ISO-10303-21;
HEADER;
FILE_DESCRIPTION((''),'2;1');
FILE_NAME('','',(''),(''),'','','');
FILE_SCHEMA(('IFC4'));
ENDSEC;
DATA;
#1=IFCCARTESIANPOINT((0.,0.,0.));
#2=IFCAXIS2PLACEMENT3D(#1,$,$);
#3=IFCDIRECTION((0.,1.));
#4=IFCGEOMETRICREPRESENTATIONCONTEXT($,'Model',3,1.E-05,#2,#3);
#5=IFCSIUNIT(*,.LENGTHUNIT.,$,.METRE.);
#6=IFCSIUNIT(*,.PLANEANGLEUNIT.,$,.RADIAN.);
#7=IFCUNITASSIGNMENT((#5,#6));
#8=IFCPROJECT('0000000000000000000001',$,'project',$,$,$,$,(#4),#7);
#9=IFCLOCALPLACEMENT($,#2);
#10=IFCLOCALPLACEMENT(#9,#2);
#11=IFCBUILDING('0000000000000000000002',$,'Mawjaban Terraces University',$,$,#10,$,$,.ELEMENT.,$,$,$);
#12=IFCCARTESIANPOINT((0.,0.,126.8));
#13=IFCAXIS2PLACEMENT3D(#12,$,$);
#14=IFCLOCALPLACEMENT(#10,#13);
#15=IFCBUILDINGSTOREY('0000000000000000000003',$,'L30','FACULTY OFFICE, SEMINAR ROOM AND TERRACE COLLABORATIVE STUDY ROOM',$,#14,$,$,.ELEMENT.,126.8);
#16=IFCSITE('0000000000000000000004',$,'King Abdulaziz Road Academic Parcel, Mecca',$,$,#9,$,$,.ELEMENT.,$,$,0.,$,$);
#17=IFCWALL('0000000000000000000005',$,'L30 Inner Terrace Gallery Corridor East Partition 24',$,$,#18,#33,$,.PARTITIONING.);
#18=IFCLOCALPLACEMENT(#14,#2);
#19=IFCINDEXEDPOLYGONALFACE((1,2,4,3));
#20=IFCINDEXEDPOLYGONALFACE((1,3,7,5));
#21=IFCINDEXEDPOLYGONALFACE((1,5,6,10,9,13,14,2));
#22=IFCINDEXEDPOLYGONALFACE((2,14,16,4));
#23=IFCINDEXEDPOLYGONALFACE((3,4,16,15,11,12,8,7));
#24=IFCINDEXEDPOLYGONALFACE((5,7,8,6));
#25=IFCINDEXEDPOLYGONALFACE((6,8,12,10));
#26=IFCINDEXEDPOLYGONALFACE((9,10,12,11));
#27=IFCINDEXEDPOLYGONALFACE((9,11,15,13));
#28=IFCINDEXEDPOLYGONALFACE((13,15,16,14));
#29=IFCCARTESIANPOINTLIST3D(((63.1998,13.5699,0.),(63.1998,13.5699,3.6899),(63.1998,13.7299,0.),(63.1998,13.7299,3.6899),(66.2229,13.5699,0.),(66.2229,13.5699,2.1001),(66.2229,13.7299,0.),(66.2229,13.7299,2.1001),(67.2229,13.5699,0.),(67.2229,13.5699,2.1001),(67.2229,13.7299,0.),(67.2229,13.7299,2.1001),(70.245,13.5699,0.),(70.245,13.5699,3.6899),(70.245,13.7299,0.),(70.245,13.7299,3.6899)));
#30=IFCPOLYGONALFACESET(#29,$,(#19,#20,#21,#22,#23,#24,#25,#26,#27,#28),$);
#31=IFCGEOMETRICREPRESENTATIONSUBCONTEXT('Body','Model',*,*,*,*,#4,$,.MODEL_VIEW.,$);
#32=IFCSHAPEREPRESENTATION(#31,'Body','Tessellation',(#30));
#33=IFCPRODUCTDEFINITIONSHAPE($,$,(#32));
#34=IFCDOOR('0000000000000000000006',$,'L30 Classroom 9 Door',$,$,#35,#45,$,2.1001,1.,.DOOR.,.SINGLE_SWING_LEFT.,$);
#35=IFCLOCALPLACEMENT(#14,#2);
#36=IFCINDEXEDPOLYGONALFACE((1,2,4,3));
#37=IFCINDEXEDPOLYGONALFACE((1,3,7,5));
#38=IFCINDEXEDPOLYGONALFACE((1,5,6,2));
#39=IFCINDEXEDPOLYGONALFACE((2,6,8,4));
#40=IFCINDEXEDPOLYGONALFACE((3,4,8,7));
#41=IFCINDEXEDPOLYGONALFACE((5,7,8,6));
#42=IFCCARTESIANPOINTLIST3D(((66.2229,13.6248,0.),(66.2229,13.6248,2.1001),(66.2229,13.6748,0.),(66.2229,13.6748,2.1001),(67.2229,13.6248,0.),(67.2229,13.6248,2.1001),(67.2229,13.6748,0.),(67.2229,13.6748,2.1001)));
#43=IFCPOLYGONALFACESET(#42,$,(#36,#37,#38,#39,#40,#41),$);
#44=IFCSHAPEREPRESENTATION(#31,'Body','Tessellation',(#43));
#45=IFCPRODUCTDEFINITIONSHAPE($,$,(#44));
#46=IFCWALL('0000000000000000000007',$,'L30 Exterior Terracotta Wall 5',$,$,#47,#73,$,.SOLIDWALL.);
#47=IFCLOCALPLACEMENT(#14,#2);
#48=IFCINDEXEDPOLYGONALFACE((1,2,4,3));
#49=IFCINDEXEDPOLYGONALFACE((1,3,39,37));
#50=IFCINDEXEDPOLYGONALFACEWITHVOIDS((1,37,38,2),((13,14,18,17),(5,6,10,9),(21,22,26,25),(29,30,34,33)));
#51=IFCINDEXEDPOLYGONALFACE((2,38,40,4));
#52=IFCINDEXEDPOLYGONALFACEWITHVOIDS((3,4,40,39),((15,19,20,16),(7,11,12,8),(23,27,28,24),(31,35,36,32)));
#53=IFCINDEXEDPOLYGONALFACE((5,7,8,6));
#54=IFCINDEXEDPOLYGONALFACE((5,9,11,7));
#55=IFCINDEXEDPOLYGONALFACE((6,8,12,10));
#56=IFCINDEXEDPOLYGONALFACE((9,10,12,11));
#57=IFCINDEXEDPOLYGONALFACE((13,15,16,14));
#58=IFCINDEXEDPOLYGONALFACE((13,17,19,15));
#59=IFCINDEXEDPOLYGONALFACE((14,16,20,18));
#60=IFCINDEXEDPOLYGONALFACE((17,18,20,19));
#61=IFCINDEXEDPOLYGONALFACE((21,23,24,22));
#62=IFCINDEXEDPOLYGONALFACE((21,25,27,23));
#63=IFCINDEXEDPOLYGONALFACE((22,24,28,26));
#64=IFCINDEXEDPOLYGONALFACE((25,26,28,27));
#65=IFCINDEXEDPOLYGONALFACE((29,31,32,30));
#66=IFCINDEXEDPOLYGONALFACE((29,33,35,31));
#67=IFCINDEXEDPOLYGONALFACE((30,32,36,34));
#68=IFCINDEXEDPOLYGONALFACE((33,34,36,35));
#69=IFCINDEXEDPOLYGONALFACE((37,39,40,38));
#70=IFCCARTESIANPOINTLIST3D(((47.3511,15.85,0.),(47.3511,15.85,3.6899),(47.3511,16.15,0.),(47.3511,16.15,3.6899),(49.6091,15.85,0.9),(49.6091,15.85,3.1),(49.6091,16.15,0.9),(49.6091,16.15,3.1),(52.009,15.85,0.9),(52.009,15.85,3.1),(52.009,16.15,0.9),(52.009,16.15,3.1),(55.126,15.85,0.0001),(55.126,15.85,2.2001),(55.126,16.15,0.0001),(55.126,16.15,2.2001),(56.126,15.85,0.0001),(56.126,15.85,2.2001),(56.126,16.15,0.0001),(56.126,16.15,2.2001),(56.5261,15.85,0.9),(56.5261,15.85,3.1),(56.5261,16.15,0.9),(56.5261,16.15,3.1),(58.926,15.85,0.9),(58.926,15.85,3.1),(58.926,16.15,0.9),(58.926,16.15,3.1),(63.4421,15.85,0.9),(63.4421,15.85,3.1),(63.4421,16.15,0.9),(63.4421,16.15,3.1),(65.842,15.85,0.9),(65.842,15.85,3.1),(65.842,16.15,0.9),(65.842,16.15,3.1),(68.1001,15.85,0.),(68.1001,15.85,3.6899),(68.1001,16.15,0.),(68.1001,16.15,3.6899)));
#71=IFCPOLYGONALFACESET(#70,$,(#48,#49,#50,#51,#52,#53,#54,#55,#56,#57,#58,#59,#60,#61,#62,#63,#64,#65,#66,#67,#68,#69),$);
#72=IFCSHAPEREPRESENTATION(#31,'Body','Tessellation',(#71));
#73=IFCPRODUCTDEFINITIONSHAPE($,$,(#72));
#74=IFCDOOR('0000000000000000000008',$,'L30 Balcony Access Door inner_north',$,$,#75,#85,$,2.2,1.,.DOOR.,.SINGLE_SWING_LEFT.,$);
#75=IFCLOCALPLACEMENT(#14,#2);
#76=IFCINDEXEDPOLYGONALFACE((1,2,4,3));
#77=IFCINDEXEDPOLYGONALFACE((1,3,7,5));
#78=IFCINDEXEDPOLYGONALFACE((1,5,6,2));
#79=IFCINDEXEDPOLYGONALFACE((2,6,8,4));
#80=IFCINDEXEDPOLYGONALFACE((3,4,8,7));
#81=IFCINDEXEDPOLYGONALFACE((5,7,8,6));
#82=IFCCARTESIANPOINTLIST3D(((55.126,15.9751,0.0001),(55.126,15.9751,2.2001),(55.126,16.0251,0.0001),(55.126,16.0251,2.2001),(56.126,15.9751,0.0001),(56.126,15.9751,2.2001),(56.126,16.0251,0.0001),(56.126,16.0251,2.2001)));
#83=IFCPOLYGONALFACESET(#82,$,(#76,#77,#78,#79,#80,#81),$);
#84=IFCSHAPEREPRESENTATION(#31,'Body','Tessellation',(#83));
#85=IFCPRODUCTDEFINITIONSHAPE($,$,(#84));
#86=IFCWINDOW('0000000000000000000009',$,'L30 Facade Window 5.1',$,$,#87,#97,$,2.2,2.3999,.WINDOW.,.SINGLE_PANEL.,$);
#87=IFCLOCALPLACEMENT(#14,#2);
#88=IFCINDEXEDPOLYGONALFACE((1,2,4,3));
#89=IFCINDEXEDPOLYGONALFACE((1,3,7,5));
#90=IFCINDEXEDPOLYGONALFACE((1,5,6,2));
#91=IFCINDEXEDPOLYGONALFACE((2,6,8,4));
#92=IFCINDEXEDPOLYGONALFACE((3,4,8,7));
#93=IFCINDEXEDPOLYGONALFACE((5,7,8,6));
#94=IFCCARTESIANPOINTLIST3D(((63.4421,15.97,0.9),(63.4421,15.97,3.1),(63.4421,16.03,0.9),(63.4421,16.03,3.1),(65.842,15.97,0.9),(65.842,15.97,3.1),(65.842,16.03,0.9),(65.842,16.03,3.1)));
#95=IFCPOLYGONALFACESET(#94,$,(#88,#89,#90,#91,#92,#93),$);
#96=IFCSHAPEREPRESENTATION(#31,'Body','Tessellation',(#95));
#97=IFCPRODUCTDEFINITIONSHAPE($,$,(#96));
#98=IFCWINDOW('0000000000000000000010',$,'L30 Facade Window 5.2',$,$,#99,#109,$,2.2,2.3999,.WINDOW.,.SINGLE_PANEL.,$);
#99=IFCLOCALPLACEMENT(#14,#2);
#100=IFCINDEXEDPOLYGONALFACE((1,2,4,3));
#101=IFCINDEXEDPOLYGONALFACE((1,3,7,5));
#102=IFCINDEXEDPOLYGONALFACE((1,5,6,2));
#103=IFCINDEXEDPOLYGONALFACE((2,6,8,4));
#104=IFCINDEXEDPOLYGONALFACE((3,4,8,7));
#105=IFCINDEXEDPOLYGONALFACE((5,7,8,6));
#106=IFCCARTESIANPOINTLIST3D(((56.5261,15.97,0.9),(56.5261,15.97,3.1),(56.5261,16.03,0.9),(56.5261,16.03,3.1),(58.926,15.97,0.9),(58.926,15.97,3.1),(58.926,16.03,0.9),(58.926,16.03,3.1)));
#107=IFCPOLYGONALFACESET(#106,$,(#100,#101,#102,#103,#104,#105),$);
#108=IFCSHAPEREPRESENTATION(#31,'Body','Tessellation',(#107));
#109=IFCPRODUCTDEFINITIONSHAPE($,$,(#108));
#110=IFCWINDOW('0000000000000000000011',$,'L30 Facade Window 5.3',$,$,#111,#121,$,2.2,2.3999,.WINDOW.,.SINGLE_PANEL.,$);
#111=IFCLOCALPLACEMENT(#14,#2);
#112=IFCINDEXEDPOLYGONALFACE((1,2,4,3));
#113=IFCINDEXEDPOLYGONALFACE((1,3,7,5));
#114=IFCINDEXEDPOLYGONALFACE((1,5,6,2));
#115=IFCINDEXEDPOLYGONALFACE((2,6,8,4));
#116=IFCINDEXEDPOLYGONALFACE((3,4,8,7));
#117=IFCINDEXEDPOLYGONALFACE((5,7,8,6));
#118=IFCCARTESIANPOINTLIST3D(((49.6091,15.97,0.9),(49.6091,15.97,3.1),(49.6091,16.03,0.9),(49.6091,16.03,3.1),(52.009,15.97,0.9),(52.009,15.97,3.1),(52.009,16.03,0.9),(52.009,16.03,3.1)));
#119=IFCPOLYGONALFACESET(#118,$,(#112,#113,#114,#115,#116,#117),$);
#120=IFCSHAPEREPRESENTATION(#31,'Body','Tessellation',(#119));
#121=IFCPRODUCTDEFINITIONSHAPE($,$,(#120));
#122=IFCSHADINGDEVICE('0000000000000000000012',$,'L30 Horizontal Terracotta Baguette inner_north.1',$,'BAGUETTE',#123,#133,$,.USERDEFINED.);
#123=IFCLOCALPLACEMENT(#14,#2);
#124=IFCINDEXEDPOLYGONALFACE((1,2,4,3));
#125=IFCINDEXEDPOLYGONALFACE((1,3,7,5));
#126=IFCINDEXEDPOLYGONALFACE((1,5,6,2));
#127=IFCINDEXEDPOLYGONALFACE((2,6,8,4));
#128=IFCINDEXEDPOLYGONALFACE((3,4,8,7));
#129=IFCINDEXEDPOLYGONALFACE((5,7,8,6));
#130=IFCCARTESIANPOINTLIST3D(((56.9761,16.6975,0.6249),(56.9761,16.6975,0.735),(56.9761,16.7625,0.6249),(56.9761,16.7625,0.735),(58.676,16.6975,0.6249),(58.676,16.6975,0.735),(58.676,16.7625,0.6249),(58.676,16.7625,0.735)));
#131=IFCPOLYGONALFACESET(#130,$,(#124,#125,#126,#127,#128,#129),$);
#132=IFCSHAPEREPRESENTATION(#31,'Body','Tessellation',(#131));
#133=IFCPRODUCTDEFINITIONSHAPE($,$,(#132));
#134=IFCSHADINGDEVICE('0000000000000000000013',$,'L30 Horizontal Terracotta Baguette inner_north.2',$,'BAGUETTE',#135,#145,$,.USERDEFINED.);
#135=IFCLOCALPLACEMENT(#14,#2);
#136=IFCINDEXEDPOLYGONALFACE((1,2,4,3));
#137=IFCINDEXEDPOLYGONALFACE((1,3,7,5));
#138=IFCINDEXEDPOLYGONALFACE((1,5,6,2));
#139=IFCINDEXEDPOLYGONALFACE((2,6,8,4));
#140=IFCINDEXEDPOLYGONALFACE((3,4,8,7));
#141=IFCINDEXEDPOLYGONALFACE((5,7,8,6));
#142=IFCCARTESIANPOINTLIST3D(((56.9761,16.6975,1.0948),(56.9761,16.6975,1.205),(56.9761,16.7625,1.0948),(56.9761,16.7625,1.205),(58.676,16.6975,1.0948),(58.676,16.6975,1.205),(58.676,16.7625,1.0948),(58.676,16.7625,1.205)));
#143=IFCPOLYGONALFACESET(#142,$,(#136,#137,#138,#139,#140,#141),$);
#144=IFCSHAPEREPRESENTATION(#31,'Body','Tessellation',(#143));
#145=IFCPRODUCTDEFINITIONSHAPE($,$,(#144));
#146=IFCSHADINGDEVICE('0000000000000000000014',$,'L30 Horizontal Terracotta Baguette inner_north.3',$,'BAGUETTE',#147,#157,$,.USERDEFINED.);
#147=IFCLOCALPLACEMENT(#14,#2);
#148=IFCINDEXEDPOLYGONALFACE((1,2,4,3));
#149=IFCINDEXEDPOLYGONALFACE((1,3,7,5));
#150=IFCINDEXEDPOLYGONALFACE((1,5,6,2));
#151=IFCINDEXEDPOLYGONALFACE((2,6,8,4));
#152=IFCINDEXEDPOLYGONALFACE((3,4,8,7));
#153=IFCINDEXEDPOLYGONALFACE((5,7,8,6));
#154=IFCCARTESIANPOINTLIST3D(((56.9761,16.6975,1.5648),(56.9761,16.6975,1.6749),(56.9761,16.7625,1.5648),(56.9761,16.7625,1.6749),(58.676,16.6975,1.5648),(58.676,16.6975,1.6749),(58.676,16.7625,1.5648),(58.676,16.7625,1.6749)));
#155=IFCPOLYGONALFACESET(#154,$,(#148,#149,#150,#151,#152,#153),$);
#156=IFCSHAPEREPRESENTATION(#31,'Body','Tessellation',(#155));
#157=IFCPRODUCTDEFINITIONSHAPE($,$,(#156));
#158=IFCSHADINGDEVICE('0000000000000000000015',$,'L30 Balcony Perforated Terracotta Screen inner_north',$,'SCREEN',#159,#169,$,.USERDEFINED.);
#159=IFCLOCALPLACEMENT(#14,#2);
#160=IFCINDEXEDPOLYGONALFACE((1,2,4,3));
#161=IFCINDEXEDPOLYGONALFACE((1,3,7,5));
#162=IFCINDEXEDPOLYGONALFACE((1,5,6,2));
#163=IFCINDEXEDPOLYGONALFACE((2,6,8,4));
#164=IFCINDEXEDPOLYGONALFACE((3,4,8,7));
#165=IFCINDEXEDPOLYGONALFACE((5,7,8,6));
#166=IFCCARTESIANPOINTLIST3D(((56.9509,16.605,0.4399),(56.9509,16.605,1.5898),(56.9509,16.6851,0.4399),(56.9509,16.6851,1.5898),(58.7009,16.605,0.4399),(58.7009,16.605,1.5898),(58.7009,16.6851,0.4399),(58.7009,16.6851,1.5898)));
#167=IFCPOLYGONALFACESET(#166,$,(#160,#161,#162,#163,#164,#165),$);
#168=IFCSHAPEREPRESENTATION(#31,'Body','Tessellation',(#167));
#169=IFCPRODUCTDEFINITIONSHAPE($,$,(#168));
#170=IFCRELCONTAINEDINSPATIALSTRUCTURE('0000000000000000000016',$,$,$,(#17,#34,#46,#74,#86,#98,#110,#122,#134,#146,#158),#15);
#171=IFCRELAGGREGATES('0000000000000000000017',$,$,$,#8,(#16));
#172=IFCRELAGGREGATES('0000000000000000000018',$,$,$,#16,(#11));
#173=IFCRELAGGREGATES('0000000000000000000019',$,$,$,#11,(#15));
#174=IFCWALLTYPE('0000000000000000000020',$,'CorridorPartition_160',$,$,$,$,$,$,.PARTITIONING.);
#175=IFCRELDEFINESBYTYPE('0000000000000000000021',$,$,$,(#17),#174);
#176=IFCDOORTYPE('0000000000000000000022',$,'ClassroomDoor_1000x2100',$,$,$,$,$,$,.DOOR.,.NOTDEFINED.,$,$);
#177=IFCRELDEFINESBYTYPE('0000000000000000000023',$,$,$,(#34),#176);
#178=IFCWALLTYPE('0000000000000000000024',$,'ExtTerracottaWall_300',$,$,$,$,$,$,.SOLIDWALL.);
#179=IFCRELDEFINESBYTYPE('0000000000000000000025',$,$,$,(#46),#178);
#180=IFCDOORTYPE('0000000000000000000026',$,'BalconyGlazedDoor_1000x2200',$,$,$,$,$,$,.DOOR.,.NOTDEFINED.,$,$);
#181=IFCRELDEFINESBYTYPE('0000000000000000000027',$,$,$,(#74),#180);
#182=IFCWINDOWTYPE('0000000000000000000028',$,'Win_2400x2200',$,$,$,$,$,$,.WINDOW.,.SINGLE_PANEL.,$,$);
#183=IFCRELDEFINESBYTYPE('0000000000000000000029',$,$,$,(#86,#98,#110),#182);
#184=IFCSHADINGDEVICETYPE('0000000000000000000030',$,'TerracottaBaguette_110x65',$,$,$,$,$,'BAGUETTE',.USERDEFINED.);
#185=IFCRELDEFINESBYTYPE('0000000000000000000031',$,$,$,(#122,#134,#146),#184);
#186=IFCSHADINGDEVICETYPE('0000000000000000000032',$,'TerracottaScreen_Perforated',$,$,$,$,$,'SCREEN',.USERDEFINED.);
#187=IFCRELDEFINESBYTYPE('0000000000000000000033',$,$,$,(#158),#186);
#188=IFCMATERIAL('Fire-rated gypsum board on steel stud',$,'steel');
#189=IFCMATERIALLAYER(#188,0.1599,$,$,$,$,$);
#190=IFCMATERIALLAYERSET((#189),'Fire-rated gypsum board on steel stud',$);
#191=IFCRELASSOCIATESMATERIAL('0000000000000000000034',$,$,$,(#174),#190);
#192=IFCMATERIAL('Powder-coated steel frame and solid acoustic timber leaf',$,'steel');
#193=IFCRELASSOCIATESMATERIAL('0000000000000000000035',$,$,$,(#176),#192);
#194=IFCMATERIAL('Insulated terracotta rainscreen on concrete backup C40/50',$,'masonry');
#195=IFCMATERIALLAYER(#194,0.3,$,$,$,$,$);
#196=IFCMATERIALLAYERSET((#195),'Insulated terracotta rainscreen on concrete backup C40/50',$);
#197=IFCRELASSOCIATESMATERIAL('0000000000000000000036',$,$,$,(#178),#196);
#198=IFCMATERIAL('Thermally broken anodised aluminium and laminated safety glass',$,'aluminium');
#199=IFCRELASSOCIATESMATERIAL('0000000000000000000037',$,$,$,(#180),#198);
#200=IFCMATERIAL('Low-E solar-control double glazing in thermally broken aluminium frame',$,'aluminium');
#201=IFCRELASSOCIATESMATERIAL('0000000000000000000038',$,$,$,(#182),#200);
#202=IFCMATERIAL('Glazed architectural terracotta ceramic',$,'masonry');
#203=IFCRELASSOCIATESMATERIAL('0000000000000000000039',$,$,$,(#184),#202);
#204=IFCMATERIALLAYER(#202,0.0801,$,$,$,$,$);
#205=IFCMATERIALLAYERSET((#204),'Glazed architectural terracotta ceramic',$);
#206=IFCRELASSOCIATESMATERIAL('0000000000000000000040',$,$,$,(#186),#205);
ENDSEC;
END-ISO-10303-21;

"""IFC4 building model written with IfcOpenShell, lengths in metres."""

from ifc_helpers import new_model, si_unit, direction, frame, frame_2d, origin, origin_2d, place, context, subcontext, project, spatial, rectangle, extrude, material, layer, layer_set, material_profile, profile_set, type_object, element, fill, save


model = new_model("IFC4")

# Units and contexts
model_context = context("Model", 3, precision=1e-05, world=origin(), true_north=direction((0.0, 1.0)))
body_context = subcontext(model_context, "Body", "Model", "MODEL_VIEW")
ifc_project = project(units=[si_unit("LENGTHUNIT", "METRE"), si_unit("PLANEANGLEUNIT", "RADIAN")], contexts=[model_context])

# Site, building, storey
site_placement = place(None, origin())
site = spatial("IfcSite", under=ifc_project, at=site_placement, Name="King Abdulaziz Road Academic Parcel, Mecca", CompositionType="ELEMENT", RefElevation=0.0)
building_placement = place(site_placement, origin())
building = spatial("IfcBuilding", under=site, at=building_placement, Name="Mawjaban Terraces University", CompositionType="ELEMENT")
storey_placement = place(building_placement, frame((0.0, 0.0, 126.8)))
storey = spatial("IfcBuildingStorey", under=building, at=storey_placement, Name="L30", Description="FACULTY OFFICE, SEMINAR ROOM AND TERRACE COLLABORATIVE STUDY ROOM", CompositionType="ELEMENT", Elevation=126.8)

# Wall, opening, door
ifc_material_1 = material(Name="Fire-rated gypsum board on steel stud", Category="steel")
ifc_layer_1 = layer(ifc_material_1, 0.1599)
ifc_layer_set_1 = layer_set([ifc_layer_1], Name="Fire-rated gypsum board on steel stud")
wall_type_1 = type_object("IfcWallType", Name="CorridorPartition_160", PredefinedType="PARTITIONING", material=ifc_layer_set_1)
wall_1_placement = place(storey_placement, frame((63.2, 13.6499, 0.0), z_axis=(0.0, 0.0, 1.0), x_axis=(1.0, 0.0, 0.0)))
wall_1 = element("IfcWall", 1, at=wall_1_placement, inside=storey, type_object=wall_type_1, Name="L30 Inner Terrace Gallery Corridor East Partition 24", PredefinedType="PARTITIONING", context=body_context, shape_type="SweptSolid", body=[
    extrude(rectangle(XDim=7.0452, YDim=0.1599, at=frame_2d((3.5225, 0.0))), origin(), (0.0, 0.0, 1.0), 3.6899),
])
opening_1_placement = place(wall_1_placement, frame((3.0229, 0.0, 0.0)))
opening_1 = element("IfcOpeningElement", 2, at=opening_1_placement, cuts=wall_1, PredefinedType="OPENING", context=body_context, shape_type="SweptSolid", body=[
    extrude(rectangle(XDim=1.0, YDim=2.1001, at=frame_2d((0.5, 1.05))), frame((0.0, 0.0898, 0.0), z_axis=(0.0, -1.0, 0.0), x_axis=(1.0, 0.0, 0.0)), (0.0, 0.0, 1.0), 0.1799),
])
ifc_material_2 = material(Name="Powder-coated steel frame and solid acoustic timber leaf", Category="steel")
door_type_1 = type_object("IfcDoorType", Name="ClassroomDoor_1000x2100", OperationType="NOTDEFINED", PredefinedType="DOOR", material=ifc_material_2)
door_1_placement = place(opening_1_placement, origin())
door_1 = element("IfcDoor", 3, at=door_1_placement, inside=storey, type_object=door_type_1, Name="L30 Classroom 9 Door", OperationType="SINGLE_SWING_LEFT", OverallHeight=2.1001, OverallWidth=1.0, PredefinedType="DOOR", context=body_context, shape_type="SweptSolid", body=[
    extrude(rectangle(XDim=1.0, YDim=2.1001, at=frame_2d((0.5, 1.05))), frame((0.0, 0.0249, 0.0), z_axis=(0.0, -1.0, 0.0), x_axis=(1.0, 0.0, 0.0)), (0.0, 0.0, 1.0), 0.05),
])
fill(opening_1, door_1)

# Wall, openings, door, windows
ifc_material_3 = material(Name="Insulated terracotta rainscreen on concrete backup C40/50", Category="masonry")
ifc_layer_2 = layer(ifc_material_3, 0.3)
ifc_layer_set_2 = layer_set([ifc_layer_2], Name="Insulated terracotta rainscreen on concrete backup C40/50")
wall_type_2 = type_object("IfcWallType", Name="ExtTerracottaWall_300", PredefinedType="SOLIDWALL", material=ifc_layer_set_2)
wall_2_placement = place(storey_placement, frame((68.1001, 16.0, 0.0), z_axis=(0.0, 0.0, 1.0), x_axis=(-1.0, 0.0, 0.0)))
wall_2 = element("IfcWall", 4, at=wall_2_placement, inside=storey, type_object=wall_type_2, Name="L30 Exterior Terracotta Wall 5", PredefinedType="SOLIDWALL", context=body_context, shape_type="SweptSolid", body=[
    extrude(rectangle(XDim=20.749, YDim=0.3, at=frame_2d((10.3745, 0.0))), origin(), (0.0, 0.0, 1.0), 3.6899),
])
opening_2_placement = place(wall_2_placement, frame((11.9741, 0.0, 0.0)))
opening_2 = element("IfcOpeningElement", 5, at=opening_2_placement, cuts=wall_2, PredefinedType="OPENING", context=body_context, shape_type="SweptSolid", body=[
    extrude(rectangle(XDim=1.0, YDim=2.2, at=frame_2d((0.5, 1.1001))), frame((0.0, 0.1599, 0.0), z_axis=(0.0, -1.0, 0.0), x_axis=(1.0, 0.0, 0.0)), (0.0, 0.0, 1.0), 0.3201),
])
opening_3_placement = place(wall_2_placement, frame((2.2581, 0.0, 0.8999)))
opening_3 = element("IfcOpeningElement", 6, at=opening_3_placement, cuts=wall_2, PredefinedType="OPENING", context=body_context, shape_type="SweptSolid", body=[
    extrude(rectangle(XDim=2.3999, YDim=2.2, at=frame_2d((1.2, 1.1001))), frame((0.0, 0.1599, 0.0), z_axis=(0.0, -1.0, 0.0), x_axis=(1.0, 0.0, 0.0)), (0.0, 0.0, 1.0), 0.3201),
])
opening_4_placement = place(wall_2_placement, frame((9.1741, 0.0, 0.8999)))
opening_4 = element("IfcOpeningElement", 7, at=opening_4_placement, cuts=wall_2, PredefinedType="OPENING", context=body_context, shape_type="SweptSolid", body=[
    extrude(rectangle(XDim=2.3999, YDim=2.2, at=frame_2d((1.2, 1.1001))), frame((0.0, 0.1599, 0.0), z_axis=(0.0, -1.0, 0.0), x_axis=(1.0, 0.0, 0.0)), (0.0, 0.0, 1.0), 0.3201),
])
opening_5_placement = place(wall_2_placement, frame((16.0911, 0.0, 0.8999)))
opening_5 = element("IfcOpeningElement", 8, at=opening_5_placement, cuts=wall_2, PredefinedType="OPENING", context=body_context, shape_type="SweptSolid", body=[
    extrude(rectangle(XDim=2.3999, YDim=2.2, at=frame_2d((1.2, 1.1001))), frame((0.0, 0.1599, 0.0), z_axis=(0.0, -1.0, 0.0), x_axis=(1.0, 0.0, 0.0)), (0.0, 0.0, 1.0), 0.3201),
])
ifc_material_4 = material(Name="Thermally broken anodised aluminium and laminated safety glass", Category="aluminium")
door_type_2 = type_object("IfcDoorType", Name="BalconyGlazedDoor_1000x2200", OperationType="NOTDEFINED", PredefinedType="DOOR", material=ifc_material_4)
door_2_placement = place(opening_2_placement, origin())
door_2 = element("IfcDoor", 9, at=door_2_placement, inside=storey, type_object=door_type_2, Name="L30 Balcony Access Door inner_north", OperationType="SINGLE_SWING_LEFT", OverallHeight=2.2, OverallWidth=1.0, PredefinedType="DOOR", context=body_context, shape_type="SweptSolid", body=[
    extrude(rectangle(XDim=1.0, YDim=2.2, at=frame_2d((0.5, 1.1001))), frame((0.0, 0.0249, 0.0), z_axis=(0.0, -1.0, 0.0), x_axis=(1.0, 0.0, 0.0)), (0.0, 0.0, 1.0), 0.05),
])
fill(opening_2, door_2)
ifc_material_5 = material(Name="Low-E solar-control double glazing in thermally broken aluminium frame", Category="aluminium")
window_type = type_object("IfcWindowType", Name="Win_2400x2200", PartitioningType="SINGLE_PANEL", PredefinedType="WINDOW", material=ifc_material_5)
window_1_placement = place(opening_3_placement, origin())
window_1 = element("IfcWindow", 10, at=window_1_placement, inside=storey, type_object=window_type, Name="L30 Facade Window 5.1", OverallHeight=2.2, OverallWidth=2.3999, PartitioningType="SINGLE_PANEL", PredefinedType="WINDOW", context=body_context, shape_type="SweptSolid", body=[
    extrude(rectangle(XDim=2.3999, YDim=2.2, at=frame_2d((1.2, 1.1001))), frame((0.0, 0.03, 0.0), z_axis=(0.0, -1.0, 0.0), x_axis=(1.0, 0.0, 0.0)), (0.0, 0.0, 1.0), 0.0601),
])
fill(opening_3, window_1)
window_2_placement = place(opening_4_placement, origin())
window_2 = element("IfcWindow", 11, at=window_2_placement, inside=storey, type_object=window_type, Name="L30 Facade Window 5.2", OverallHeight=2.2, OverallWidth=2.3999, PartitioningType="SINGLE_PANEL", PredefinedType="WINDOW", context=body_context, shape_type="SweptSolid", body=[
    extrude(rectangle(XDim=2.3999, YDim=2.2, at=frame_2d((1.2, 1.1001))), frame((0.0, 0.03, 0.0), z_axis=(0.0, -1.0, 0.0), x_axis=(1.0, 0.0, 0.0)), (0.0, 0.0, 1.0), 0.0601),
])
fill(opening_4, window_2)
window_3_placement = place(opening_5_placement, origin())
window_3 = element("IfcWindow", 12, at=window_3_placement, inside=storey, type_object=window_type, Name="L30 Facade Window 5.3", OverallHeight=2.2, OverallWidth=2.3999, PartitioningType="SINGLE_PANEL", PredefinedType="WINDOW", context=body_context, shape_type="SweptSolid", body=[
    extrude(rectangle(XDim=2.3999, YDim=2.2, at=frame_2d((1.2, 1.1001))), frame((0.0, 0.03, 0.0), z_axis=(0.0, -1.0, 0.0), x_axis=(1.0, 0.0, 0.0)), (0.0, 0.0, 1.0), 0.0601),
])
fill(opening_5, window_3)

# Shading devices
ifc_material_6 = material(Name="Glazed architectural terracotta ceramic", Category="masonry")
ifc_material_profile_1 = material_profile(ifc_material_6, rectangle(XDim=0.0649, YDim=0.1101, at=origin_2d()), Name="TBAG110X65")
ifc_profile_set_1 = profile_set([ifc_material_profile_1], Name="Glazed architectural terracotta ceramic")
shading_device_type_1 = type_object("IfcShadingDeviceType", Name="TerracottaBaguette_110x65", ElementType="BAGUETTE", PredefinedType="USERDEFINED", material=ifc_profile_set_1)
for number, where, z_axis, x_axis, name in (
    (13, (56.9761, 16.73, 0.6799), (1.0, 0.0, 0.0), (0.0, 1.0, 0.0), "L30 Horizontal Terracotta Baguette inner_north.1"),
    (14, (56.9761, 16.73, 1.1499), (1.0, 0.0, 0.0), (0.0, 1.0, 0.0), "L30 Horizontal Terracotta Baguette inner_north.2"),
    (15, (56.9761, 16.73, 1.6199), (1.0, 0.0, 0.0), (0.0, 1.0, 0.0), "L30 Horizontal Terracotta Baguette inner_north.3"),
):
    element("IfcShadingDevice", number, at=place(storey_placement, frame(where, z_axis=z_axis, x_axis=x_axis)), inside=storey, type_object=shading_device_type_1, Name=name, ObjectType="BAGUETTE", PredefinedType="USERDEFINED", context=body_context, shape_type="SweptSolid", body=[
        extrude(rectangle(XDim=0.0649, YDim=0.1101, at=origin_2d()), origin(), (0.0, 0.0, 1.0), 1.7),
    ])
ifc_layer_3 = layer(ifc_material_6, 0.0801)
ifc_layer_set_3 = layer_set([ifc_layer_3], Name="Glazed architectural terracotta ceramic")
shading_device_type_2 = type_object("IfcShadingDeviceType", Name="TerracottaScreen_Perforated", ElementType="SCREEN", PredefinedType="USERDEFINED", material=ifc_layer_set_3)
shading_device_placement = place(storey_placement, frame((57.8259, 16.645, 0.4399), z_axis=(0.0, 0.0, 1.0), x_axis=(1.0, 0.0, 0.0)))
element("IfcShadingDevice", 16, at=shading_device_placement, inside=storey, type_object=shading_device_type_2, Name="L30 Balcony Perforated Terracotta Screen inner_north", ObjectType="SCREEN", PredefinedType="USERDEFINED", context=body_context, shape_type="SweptSolid", body=[
    extrude(rectangle(XDim=1.75, YDim=0.0801, at=origin_2d()), origin(), (0.0, 0.0, 1.0), 1.1499),
])

save(model, "model.ifc")
